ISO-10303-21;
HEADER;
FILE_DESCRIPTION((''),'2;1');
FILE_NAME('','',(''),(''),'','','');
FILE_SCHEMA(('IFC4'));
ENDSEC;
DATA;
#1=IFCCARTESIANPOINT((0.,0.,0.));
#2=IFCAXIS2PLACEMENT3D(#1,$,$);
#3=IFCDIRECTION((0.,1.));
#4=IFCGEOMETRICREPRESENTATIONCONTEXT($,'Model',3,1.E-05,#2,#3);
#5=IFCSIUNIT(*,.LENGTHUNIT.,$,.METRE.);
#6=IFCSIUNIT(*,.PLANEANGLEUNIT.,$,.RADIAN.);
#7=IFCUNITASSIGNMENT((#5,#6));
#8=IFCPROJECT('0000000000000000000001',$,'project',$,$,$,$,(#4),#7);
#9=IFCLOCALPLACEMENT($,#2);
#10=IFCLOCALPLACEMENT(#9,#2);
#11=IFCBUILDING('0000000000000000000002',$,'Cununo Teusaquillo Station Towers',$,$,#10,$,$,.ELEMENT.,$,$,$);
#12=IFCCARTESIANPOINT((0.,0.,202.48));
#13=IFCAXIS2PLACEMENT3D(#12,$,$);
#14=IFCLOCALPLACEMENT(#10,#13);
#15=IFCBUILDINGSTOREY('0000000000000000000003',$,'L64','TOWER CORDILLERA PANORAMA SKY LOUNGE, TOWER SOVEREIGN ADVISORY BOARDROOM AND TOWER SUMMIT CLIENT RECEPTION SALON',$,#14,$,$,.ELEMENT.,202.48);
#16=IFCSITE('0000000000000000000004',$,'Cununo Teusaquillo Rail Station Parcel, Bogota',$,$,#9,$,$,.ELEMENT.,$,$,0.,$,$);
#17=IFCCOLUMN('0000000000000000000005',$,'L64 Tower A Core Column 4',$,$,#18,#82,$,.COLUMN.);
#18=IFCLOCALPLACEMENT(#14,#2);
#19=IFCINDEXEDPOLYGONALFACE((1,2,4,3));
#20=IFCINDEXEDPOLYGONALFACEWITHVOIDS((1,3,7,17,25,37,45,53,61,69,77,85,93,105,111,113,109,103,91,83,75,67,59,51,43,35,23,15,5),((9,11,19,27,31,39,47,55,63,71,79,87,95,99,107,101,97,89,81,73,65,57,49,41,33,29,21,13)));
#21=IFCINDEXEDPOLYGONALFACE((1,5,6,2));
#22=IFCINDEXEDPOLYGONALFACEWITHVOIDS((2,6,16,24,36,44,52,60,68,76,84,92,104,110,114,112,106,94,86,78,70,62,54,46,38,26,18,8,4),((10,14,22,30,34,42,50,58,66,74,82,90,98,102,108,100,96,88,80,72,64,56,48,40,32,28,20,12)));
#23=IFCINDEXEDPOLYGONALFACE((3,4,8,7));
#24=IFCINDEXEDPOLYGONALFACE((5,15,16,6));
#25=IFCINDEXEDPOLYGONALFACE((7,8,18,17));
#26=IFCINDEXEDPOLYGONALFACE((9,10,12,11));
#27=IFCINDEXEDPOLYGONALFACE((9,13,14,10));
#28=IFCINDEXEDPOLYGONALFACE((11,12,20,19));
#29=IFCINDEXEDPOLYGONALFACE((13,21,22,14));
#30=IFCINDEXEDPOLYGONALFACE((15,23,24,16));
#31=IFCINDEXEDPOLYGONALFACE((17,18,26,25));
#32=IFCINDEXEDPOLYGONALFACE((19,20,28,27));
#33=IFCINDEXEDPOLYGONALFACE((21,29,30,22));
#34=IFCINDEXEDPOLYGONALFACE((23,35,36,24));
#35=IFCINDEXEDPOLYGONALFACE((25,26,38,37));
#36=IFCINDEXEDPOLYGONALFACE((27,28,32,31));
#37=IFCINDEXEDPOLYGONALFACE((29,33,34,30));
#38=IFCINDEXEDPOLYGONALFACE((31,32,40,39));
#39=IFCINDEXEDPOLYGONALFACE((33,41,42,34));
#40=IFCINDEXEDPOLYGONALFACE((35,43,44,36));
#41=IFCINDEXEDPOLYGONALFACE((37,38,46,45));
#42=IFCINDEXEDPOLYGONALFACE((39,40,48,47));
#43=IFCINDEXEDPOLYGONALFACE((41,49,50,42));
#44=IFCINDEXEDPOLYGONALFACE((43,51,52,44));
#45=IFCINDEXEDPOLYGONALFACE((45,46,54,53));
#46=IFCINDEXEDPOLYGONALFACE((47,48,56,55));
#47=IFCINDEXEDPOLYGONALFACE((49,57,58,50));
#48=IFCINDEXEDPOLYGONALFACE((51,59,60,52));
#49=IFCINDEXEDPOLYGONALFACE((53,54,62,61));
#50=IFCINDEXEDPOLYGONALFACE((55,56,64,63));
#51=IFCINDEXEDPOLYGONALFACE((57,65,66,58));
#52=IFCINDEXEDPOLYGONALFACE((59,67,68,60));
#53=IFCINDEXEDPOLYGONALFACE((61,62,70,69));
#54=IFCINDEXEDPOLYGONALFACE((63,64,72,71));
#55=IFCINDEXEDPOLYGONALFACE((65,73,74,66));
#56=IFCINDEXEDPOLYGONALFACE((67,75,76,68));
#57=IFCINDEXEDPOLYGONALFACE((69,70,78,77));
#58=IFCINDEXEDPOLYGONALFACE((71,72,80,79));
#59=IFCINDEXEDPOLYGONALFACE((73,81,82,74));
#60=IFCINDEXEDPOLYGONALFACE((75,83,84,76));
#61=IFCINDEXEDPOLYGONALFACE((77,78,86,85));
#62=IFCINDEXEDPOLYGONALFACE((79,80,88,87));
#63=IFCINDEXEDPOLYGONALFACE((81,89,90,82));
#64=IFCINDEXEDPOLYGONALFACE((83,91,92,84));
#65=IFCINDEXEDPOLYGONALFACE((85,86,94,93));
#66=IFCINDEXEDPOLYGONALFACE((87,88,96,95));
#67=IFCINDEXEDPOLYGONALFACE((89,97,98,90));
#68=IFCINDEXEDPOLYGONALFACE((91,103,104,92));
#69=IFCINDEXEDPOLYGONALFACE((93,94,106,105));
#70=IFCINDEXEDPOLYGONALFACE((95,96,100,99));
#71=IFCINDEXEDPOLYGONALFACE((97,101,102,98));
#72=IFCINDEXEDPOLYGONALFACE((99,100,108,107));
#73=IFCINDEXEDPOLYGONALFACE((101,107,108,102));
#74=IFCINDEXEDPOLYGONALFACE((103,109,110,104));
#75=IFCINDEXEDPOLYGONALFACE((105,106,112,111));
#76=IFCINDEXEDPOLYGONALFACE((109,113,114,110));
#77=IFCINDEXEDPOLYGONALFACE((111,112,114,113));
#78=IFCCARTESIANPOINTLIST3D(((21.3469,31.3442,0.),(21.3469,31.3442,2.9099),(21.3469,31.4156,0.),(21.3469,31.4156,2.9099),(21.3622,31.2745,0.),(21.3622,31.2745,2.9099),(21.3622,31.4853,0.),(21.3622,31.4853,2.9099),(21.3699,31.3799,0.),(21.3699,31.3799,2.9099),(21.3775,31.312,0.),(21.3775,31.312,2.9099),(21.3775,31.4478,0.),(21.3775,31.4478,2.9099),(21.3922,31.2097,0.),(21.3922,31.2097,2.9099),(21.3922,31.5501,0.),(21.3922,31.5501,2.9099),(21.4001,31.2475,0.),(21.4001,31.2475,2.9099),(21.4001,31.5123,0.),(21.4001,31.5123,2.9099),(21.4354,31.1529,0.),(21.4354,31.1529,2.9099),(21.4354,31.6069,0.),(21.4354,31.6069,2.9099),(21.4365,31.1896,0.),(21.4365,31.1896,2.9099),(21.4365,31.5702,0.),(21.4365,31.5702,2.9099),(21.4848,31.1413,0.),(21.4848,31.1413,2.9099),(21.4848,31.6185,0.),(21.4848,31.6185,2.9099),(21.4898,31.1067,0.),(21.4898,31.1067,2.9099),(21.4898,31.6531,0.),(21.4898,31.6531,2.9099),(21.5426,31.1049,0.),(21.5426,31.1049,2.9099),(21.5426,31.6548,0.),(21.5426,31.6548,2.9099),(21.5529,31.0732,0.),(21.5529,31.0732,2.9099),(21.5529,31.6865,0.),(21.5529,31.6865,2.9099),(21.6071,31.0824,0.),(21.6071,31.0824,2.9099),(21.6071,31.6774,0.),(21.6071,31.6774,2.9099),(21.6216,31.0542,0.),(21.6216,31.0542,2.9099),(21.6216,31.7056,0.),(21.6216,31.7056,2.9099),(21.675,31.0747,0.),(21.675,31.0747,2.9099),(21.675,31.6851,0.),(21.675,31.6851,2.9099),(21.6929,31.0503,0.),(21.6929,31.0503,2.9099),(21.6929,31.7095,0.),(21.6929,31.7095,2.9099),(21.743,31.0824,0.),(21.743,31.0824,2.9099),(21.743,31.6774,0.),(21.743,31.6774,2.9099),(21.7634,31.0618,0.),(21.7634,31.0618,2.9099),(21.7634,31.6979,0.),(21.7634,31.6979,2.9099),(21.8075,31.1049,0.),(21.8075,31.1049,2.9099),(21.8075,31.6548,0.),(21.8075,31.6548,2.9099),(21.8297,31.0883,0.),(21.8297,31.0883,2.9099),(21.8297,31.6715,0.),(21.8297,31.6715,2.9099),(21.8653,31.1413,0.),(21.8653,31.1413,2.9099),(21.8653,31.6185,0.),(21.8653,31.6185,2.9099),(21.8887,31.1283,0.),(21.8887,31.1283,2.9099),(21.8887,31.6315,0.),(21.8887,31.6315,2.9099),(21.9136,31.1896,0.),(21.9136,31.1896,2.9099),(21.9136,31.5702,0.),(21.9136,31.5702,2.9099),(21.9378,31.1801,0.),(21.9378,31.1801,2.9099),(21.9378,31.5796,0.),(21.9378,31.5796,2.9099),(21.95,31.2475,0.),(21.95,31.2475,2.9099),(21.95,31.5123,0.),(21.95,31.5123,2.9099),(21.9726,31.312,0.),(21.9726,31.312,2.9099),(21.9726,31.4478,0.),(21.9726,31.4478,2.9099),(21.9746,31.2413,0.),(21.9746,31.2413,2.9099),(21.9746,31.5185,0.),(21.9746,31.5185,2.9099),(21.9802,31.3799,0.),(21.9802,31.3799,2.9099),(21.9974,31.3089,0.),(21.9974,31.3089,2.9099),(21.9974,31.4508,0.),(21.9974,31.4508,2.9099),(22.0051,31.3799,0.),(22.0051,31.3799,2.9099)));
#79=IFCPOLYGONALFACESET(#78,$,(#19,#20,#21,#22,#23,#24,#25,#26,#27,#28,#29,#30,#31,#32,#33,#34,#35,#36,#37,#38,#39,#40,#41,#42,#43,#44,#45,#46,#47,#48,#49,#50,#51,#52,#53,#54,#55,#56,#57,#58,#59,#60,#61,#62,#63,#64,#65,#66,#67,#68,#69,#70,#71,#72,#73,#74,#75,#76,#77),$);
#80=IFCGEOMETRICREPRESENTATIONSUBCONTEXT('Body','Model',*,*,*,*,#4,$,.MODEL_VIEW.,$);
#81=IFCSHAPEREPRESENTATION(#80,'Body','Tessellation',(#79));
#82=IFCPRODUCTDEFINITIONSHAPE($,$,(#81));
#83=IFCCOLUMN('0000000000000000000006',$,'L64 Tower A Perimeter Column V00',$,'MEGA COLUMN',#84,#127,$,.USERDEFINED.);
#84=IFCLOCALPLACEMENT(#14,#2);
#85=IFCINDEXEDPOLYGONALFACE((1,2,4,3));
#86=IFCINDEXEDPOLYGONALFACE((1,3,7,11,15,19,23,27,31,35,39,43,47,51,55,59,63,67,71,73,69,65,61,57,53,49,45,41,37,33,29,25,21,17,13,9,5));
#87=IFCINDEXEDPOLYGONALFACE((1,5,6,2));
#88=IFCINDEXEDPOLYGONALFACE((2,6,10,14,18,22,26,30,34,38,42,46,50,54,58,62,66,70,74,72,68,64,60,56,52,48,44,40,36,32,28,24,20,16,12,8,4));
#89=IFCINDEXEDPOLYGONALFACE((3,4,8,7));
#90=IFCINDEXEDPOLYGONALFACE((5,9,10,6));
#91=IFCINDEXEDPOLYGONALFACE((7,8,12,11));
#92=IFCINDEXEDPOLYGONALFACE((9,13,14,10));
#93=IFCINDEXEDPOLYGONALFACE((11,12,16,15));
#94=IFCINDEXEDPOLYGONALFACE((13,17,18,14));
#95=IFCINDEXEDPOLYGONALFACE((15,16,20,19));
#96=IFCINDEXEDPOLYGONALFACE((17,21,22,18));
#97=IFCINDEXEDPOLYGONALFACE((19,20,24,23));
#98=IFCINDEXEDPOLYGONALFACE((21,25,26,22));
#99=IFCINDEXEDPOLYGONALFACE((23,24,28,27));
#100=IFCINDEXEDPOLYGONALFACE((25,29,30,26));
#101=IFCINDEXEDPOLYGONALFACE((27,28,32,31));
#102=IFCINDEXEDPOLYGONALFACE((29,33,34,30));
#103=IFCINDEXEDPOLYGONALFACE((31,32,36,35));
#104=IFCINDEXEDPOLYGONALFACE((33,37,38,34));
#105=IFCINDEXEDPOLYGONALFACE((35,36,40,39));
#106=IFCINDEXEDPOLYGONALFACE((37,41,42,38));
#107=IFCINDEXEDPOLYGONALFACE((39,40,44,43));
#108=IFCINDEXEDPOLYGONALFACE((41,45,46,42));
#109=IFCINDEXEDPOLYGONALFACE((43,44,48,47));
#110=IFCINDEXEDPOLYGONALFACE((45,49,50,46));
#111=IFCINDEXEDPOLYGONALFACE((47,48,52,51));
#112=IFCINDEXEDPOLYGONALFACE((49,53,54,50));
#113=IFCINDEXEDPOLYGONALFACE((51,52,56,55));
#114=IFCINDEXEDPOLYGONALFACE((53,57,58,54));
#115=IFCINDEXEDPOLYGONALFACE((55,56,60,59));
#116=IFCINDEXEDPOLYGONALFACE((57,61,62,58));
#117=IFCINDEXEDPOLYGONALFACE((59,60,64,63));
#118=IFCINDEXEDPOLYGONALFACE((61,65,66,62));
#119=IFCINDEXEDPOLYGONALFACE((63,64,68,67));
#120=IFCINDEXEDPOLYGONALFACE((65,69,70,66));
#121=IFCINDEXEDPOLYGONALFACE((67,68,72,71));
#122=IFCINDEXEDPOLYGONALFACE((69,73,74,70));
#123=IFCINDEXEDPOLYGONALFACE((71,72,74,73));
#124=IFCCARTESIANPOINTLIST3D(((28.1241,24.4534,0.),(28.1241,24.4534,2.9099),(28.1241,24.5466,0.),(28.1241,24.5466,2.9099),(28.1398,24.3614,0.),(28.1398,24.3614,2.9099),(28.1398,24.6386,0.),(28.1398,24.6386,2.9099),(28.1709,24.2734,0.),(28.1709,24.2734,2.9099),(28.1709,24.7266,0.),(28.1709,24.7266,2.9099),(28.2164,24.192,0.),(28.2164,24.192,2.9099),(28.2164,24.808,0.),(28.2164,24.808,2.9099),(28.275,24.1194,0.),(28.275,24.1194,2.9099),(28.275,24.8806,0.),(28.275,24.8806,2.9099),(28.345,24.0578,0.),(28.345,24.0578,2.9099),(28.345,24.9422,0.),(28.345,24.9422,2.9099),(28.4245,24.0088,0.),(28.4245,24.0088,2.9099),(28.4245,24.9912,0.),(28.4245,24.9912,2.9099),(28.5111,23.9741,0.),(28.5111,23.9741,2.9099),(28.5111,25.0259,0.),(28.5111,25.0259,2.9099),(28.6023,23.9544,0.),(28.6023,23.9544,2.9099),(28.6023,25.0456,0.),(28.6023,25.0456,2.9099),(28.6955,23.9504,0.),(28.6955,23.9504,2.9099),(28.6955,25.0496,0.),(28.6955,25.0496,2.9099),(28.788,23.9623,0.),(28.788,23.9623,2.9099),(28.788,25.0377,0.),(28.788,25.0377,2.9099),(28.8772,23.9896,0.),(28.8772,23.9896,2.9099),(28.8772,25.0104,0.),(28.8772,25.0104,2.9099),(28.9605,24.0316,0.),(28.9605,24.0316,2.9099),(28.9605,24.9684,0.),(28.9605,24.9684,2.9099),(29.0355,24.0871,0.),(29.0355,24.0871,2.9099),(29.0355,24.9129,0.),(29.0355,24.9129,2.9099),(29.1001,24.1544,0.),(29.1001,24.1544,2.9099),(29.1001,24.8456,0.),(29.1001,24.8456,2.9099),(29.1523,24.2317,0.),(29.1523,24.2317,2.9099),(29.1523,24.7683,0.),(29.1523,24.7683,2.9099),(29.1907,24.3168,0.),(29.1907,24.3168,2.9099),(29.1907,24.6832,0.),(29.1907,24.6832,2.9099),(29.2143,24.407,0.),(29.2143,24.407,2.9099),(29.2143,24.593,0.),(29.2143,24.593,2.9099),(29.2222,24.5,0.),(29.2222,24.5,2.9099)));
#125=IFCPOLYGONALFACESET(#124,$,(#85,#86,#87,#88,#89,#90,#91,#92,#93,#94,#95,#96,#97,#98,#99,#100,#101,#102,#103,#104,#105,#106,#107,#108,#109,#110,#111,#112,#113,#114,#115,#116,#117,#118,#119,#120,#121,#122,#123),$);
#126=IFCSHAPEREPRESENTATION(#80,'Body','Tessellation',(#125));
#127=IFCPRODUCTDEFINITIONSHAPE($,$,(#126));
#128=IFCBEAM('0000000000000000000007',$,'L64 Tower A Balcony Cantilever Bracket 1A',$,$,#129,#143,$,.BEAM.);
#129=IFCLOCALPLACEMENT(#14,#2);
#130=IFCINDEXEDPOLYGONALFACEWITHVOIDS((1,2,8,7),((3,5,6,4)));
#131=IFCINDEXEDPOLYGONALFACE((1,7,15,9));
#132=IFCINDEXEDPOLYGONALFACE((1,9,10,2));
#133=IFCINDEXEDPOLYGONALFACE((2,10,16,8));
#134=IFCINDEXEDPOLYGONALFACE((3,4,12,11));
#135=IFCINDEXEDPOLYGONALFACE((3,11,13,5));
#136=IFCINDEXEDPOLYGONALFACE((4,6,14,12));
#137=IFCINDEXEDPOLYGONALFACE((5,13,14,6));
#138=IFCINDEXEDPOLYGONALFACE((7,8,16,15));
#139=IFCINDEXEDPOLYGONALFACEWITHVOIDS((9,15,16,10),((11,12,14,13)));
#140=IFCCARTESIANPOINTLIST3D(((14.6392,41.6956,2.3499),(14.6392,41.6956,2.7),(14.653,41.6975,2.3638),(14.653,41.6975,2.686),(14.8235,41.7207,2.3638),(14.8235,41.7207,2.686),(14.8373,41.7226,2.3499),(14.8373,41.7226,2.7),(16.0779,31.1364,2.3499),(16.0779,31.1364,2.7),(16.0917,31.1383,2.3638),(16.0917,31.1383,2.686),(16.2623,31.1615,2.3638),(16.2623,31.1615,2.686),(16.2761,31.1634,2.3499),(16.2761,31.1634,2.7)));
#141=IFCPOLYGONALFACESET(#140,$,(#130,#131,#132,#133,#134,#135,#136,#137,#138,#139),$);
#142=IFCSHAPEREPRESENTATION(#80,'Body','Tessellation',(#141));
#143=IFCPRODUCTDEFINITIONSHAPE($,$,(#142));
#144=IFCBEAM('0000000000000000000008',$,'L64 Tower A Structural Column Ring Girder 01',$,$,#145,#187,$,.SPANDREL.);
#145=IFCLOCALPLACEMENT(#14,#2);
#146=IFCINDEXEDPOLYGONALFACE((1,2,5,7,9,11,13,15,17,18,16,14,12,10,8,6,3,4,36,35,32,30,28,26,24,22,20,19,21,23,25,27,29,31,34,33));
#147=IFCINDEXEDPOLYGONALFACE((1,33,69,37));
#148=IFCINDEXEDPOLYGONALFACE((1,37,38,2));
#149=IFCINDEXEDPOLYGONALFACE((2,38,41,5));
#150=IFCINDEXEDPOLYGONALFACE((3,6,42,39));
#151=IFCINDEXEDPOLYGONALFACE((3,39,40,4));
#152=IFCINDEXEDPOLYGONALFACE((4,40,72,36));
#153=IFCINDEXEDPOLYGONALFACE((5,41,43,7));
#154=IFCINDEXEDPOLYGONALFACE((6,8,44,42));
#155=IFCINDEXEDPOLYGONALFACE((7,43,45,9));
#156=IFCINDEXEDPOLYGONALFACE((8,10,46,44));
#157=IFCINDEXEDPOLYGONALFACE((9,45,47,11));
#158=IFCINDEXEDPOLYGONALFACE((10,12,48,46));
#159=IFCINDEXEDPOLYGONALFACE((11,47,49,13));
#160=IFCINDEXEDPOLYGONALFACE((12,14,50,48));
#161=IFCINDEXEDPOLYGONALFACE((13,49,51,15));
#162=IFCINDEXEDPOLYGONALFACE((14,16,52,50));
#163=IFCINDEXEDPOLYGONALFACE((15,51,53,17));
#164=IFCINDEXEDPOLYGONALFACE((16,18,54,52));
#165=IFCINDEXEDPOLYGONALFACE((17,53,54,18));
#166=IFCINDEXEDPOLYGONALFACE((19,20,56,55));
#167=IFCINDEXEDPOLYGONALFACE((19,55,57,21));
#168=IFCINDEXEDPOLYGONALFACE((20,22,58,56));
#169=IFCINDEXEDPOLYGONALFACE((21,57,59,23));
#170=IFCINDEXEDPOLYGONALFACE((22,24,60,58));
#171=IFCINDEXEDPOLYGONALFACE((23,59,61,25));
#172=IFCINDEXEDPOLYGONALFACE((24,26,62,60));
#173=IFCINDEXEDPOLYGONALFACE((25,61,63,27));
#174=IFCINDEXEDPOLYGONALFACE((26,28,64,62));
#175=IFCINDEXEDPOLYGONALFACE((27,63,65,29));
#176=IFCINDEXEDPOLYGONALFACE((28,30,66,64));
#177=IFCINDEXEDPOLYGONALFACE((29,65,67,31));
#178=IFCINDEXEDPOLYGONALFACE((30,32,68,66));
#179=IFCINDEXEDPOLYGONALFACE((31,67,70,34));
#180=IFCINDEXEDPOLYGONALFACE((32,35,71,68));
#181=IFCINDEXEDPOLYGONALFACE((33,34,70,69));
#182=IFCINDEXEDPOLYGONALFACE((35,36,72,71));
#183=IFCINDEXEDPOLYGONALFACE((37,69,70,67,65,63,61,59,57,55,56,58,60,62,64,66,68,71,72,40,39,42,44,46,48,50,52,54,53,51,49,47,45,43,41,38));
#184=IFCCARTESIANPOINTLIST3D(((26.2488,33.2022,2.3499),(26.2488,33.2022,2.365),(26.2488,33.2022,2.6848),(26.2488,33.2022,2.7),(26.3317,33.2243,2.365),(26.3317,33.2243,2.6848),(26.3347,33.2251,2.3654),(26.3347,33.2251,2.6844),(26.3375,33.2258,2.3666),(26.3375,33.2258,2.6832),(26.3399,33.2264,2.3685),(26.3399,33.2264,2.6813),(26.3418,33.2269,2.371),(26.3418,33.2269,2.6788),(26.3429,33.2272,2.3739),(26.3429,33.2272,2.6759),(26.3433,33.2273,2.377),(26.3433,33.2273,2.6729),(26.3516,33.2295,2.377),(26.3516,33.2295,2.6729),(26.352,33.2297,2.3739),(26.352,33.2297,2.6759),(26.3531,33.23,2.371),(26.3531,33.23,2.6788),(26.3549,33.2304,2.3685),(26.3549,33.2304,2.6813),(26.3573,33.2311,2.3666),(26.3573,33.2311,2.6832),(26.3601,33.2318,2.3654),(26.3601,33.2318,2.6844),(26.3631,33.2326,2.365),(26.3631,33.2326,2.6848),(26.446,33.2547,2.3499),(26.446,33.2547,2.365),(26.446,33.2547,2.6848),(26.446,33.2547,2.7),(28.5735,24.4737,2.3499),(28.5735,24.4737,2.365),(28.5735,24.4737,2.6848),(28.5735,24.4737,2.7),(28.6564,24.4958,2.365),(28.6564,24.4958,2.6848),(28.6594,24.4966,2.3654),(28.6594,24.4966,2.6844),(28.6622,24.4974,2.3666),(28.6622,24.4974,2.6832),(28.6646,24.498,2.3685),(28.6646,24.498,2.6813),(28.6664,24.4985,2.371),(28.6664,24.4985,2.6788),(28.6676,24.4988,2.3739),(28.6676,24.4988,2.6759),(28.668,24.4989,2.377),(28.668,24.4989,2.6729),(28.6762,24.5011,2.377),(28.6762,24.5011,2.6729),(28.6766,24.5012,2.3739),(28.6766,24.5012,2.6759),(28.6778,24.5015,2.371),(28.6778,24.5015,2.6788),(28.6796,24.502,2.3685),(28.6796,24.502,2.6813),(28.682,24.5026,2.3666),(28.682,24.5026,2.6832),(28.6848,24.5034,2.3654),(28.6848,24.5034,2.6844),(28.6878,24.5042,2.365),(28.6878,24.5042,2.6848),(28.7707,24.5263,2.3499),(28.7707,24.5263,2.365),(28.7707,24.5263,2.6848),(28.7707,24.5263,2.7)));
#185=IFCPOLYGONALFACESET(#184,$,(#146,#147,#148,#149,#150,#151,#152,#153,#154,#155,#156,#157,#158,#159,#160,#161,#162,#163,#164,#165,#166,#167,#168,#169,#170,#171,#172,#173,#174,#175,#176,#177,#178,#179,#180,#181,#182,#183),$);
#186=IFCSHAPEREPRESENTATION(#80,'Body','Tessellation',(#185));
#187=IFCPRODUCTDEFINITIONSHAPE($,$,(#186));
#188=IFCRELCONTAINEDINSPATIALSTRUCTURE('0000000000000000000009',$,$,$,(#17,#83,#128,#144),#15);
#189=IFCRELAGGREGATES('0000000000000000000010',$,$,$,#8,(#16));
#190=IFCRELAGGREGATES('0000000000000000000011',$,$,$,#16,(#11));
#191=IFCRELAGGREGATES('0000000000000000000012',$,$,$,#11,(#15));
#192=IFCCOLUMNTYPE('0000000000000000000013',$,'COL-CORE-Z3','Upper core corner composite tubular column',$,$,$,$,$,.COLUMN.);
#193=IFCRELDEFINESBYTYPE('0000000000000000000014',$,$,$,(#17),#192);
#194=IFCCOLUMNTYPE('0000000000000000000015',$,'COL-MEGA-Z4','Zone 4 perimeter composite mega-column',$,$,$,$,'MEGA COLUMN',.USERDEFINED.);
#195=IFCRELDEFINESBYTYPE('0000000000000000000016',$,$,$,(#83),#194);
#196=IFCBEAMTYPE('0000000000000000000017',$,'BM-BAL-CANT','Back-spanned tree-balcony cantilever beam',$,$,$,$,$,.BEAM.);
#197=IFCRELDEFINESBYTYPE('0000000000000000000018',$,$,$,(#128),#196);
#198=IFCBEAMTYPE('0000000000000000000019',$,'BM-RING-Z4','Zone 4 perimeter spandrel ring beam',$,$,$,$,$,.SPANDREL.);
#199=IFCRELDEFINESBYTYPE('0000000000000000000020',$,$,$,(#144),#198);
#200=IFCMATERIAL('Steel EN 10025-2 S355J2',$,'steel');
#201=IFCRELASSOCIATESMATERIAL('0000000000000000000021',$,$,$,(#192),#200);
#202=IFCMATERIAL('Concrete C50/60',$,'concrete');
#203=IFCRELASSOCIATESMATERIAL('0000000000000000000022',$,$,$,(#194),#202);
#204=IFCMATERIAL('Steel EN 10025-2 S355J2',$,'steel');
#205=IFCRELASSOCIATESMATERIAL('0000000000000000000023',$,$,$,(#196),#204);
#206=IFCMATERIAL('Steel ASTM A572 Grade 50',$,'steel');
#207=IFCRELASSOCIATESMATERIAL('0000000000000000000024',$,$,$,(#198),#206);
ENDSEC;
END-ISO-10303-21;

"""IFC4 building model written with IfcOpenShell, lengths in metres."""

from ifc_helpers import new_model, si_unit, direction, frame, origin, origin_2d, place, context, subcontext, project, spatial, hollow_rectangle, circle, hollow_circle, i_section, extrude, material, material_profile, profile_set, type_object, element, save


model = new_model("IFC4")

# Units and contexts
model_context = context("Model", 3, precision=1e-05, world=origin(), true_north=direction((0.0, 1.0)))
body_context = subcontext(model_context, "Body", "Model", "MODEL_VIEW")
ifc_project = project(units=[si_unit("LENGTHUNIT", "METRE"), si_unit("PLANEANGLEUNIT", "RADIAN")], contexts=[model_context])

# Site, building, storey
site_placement = place(None, origin())
site = spatial("IfcSite", under=ifc_project, at=site_placement, Name="Cununo Teusaquillo Rail Station Parcel, Bogota", CompositionType="ELEMENT", RefElevation=0.0)
building_placement = place(site_placement, origin())
building = spatial("IfcBuilding", under=site, at=building_placement, Name="Cununo Teusaquillo Station Towers", CompositionType="ELEMENT")
storey_placement = place(building_placement, frame((0.0, 0.0, 202.48)))
storey = spatial("IfcBuildingStorey", under=building, at=storey_placement, Name="L64", Description="TOWER CORDILLERA PANORAMA SKY LOUNGE, TOWER SOVEREIGN ADVISORY BOARDROOM AND TOWER SUMMIT CLIENT RECEPTION SALON", CompositionType="ELEMENT", Elevation=202.48)

# Columns
ifc_material_1 = material(Name="Steel EN 10025-2 S355J2", Category="steel")
ifc_material_profile_1 = material_profile(ifc_material_1, hollow_circle(Radius=0.3301, WallThickness=0.0249, at=origin_2d()), Name="CHS 660x25")
ifc_profile_set_1 = profile_set([ifc_material_profile_1], Name="Steel EN 10025-2 S355J2")
column_type_1 = type_object("IfcColumnType", Name="COL-CORE-Z3", Description="Upper core corner composite tubular column", PredefinedType="COLUMN", material=ifc_profile_set_1)
column_1_placement = place(storey_placement, frame((21.675, 31.3799, 0.0), z_axis=(0.0, 0.0, 1.0), x_axis=(1.0, 0.0, 0.0)))
element("IfcColumn", 1, at=column_1_placement, inside=storey, type_object=column_type_1, Name="L64 Tower A Core Column 4", PredefinedType="COLUMN", context=body_context, shape_type="SweptSolid", body=[
    extrude(hollow_circle(Radius=0.3301, WallThickness=0.0249, at=origin_2d()), origin(), (0.0, 0.0, 1.0), 2.9099),
])
ifc_material_2 = material(Name="Concrete C50/60", Category="concrete")
ifc_material_profile_2 = material_profile(ifc_material_2, circle(Radius=0.55, at=origin_2d()), Name="RC-CIRC-1100")
ifc_profile_set_2 = profile_set([ifc_material_profile_2], Name="Concrete C50/60")
column_type_2 = type_object("IfcColumnType", Name="COL-MEGA-Z4", Description="Zone 4 perimeter composite mega-column", ElementType="MEGA COLUMN", PredefinedType="USERDEFINED", material=ifc_profile_set_2)
column_2_placement = place(storey_placement, frame((28.6721, 24.5, 0.0), z_axis=(0.0, 0.0, 1.0), x_axis=(1.0, 0.0, 0.0)))
element("IfcColumn", 2, at=column_2_placement, inside=storey, type_object=column_type_2, Name="L64 Tower A Perimeter Column V00", ObjectType="MEGA COLUMN", PredefinedType="USERDEFINED", context=body_context, shape_type="SweptSolid", body=[
    extrude(circle(Radius=0.55, at=origin_2d()), origin(), (0.0, 0.0, 1.0), 2.9099),
])

# Beams
ifc_material_3 = material(Name="Steel EN 10025-2 S355J2", Category="steel")
ifc_material_profile_3 = material_profile(ifc_material_3, hollow_rectangle(XDim=0.2, YDim=0.3501, WallThickness=0.0139, at=origin_2d()), Name="RHS 350x200x14")
ifc_profile_set_3 = profile_set([ifc_material_profile_3], Name="Steel EN 10025-2 S355J2")
beam_type_1 = type_object("IfcBeamType", Name="BM-BAL-CANT", Description="Back-spanned tree-balcony cantilever beam", PredefinedType="BEAM", material=ifc_profile_set_3)
beam_1_placement = place(storey_placement, frame((16.177, 31.1499, 2.5249), z_axis=(-0.135007, 0.990845, 0.0), x_axis=(-0.990845, -0.135007, 0.0)))
element("IfcBeam", 3, at=beam_1_placement, inside=storey, type_object=beam_type_1, Name="L64 Tower A Balcony Cantilever Bracket 1A", PredefinedType="BEAM", context=body_context, shape_type="SweptSolid", body=[
    extrude(hollow_rectangle(XDim=0.2, YDim=0.3501, WallThickness=0.0139, at=origin_2d()), origin(), (0.0, 0.0, 1.0), 10.6567),
])
ifc_material_4 = material(Name="Steel ASTM A572 Grade 50", Category="steel")
ifc_material_profile_4 = material_profile(ifc_material_4, i_section(OverallWidth=0.2041, OverallDepth=0.3501, WebThickness=0.0085, FlangeThickness=0.0151, FilletRadius=0.012, at=origin_2d()), Name="W14X48")
ifc_profile_set_4 = profile_set([ifc_material_profile_4], Name="Steel ASTM A572 Grade 50")
beam_type_2 = type_object("IfcBeamType", Name="BM-RING-Z4", Description="Zone 4 perimeter spandrel ring beam", PredefinedType="SPANDREL", material=ifc_profile_set_4)
beam_2_placement = place(storey_placement, frame((28.6721, 24.5, 2.5249), z_axis=(-0.257363, 0.966315, 0.0), x_axis=(-0.966315, -0.257363, 0.0)))
element("IfcBeam", 4, at=beam_2_placement, inside=storey, type_object=beam_type_2, Name="L64 Tower A Structural Column Ring Girder 01", PredefinedType="SPANDREL", context=body_context, shape_type="SweptSolid", body=[
    extrude(i_section(OverallWidth=0.2041, OverallDepth=0.3501, WebThickness=0.0085, FlangeThickness=0.0151, FilletRadius=0.012, at=origin_2d()), origin(), (0.0, 0.0, 1.0), 9.0327),
])

save(model, "model.ifc")
